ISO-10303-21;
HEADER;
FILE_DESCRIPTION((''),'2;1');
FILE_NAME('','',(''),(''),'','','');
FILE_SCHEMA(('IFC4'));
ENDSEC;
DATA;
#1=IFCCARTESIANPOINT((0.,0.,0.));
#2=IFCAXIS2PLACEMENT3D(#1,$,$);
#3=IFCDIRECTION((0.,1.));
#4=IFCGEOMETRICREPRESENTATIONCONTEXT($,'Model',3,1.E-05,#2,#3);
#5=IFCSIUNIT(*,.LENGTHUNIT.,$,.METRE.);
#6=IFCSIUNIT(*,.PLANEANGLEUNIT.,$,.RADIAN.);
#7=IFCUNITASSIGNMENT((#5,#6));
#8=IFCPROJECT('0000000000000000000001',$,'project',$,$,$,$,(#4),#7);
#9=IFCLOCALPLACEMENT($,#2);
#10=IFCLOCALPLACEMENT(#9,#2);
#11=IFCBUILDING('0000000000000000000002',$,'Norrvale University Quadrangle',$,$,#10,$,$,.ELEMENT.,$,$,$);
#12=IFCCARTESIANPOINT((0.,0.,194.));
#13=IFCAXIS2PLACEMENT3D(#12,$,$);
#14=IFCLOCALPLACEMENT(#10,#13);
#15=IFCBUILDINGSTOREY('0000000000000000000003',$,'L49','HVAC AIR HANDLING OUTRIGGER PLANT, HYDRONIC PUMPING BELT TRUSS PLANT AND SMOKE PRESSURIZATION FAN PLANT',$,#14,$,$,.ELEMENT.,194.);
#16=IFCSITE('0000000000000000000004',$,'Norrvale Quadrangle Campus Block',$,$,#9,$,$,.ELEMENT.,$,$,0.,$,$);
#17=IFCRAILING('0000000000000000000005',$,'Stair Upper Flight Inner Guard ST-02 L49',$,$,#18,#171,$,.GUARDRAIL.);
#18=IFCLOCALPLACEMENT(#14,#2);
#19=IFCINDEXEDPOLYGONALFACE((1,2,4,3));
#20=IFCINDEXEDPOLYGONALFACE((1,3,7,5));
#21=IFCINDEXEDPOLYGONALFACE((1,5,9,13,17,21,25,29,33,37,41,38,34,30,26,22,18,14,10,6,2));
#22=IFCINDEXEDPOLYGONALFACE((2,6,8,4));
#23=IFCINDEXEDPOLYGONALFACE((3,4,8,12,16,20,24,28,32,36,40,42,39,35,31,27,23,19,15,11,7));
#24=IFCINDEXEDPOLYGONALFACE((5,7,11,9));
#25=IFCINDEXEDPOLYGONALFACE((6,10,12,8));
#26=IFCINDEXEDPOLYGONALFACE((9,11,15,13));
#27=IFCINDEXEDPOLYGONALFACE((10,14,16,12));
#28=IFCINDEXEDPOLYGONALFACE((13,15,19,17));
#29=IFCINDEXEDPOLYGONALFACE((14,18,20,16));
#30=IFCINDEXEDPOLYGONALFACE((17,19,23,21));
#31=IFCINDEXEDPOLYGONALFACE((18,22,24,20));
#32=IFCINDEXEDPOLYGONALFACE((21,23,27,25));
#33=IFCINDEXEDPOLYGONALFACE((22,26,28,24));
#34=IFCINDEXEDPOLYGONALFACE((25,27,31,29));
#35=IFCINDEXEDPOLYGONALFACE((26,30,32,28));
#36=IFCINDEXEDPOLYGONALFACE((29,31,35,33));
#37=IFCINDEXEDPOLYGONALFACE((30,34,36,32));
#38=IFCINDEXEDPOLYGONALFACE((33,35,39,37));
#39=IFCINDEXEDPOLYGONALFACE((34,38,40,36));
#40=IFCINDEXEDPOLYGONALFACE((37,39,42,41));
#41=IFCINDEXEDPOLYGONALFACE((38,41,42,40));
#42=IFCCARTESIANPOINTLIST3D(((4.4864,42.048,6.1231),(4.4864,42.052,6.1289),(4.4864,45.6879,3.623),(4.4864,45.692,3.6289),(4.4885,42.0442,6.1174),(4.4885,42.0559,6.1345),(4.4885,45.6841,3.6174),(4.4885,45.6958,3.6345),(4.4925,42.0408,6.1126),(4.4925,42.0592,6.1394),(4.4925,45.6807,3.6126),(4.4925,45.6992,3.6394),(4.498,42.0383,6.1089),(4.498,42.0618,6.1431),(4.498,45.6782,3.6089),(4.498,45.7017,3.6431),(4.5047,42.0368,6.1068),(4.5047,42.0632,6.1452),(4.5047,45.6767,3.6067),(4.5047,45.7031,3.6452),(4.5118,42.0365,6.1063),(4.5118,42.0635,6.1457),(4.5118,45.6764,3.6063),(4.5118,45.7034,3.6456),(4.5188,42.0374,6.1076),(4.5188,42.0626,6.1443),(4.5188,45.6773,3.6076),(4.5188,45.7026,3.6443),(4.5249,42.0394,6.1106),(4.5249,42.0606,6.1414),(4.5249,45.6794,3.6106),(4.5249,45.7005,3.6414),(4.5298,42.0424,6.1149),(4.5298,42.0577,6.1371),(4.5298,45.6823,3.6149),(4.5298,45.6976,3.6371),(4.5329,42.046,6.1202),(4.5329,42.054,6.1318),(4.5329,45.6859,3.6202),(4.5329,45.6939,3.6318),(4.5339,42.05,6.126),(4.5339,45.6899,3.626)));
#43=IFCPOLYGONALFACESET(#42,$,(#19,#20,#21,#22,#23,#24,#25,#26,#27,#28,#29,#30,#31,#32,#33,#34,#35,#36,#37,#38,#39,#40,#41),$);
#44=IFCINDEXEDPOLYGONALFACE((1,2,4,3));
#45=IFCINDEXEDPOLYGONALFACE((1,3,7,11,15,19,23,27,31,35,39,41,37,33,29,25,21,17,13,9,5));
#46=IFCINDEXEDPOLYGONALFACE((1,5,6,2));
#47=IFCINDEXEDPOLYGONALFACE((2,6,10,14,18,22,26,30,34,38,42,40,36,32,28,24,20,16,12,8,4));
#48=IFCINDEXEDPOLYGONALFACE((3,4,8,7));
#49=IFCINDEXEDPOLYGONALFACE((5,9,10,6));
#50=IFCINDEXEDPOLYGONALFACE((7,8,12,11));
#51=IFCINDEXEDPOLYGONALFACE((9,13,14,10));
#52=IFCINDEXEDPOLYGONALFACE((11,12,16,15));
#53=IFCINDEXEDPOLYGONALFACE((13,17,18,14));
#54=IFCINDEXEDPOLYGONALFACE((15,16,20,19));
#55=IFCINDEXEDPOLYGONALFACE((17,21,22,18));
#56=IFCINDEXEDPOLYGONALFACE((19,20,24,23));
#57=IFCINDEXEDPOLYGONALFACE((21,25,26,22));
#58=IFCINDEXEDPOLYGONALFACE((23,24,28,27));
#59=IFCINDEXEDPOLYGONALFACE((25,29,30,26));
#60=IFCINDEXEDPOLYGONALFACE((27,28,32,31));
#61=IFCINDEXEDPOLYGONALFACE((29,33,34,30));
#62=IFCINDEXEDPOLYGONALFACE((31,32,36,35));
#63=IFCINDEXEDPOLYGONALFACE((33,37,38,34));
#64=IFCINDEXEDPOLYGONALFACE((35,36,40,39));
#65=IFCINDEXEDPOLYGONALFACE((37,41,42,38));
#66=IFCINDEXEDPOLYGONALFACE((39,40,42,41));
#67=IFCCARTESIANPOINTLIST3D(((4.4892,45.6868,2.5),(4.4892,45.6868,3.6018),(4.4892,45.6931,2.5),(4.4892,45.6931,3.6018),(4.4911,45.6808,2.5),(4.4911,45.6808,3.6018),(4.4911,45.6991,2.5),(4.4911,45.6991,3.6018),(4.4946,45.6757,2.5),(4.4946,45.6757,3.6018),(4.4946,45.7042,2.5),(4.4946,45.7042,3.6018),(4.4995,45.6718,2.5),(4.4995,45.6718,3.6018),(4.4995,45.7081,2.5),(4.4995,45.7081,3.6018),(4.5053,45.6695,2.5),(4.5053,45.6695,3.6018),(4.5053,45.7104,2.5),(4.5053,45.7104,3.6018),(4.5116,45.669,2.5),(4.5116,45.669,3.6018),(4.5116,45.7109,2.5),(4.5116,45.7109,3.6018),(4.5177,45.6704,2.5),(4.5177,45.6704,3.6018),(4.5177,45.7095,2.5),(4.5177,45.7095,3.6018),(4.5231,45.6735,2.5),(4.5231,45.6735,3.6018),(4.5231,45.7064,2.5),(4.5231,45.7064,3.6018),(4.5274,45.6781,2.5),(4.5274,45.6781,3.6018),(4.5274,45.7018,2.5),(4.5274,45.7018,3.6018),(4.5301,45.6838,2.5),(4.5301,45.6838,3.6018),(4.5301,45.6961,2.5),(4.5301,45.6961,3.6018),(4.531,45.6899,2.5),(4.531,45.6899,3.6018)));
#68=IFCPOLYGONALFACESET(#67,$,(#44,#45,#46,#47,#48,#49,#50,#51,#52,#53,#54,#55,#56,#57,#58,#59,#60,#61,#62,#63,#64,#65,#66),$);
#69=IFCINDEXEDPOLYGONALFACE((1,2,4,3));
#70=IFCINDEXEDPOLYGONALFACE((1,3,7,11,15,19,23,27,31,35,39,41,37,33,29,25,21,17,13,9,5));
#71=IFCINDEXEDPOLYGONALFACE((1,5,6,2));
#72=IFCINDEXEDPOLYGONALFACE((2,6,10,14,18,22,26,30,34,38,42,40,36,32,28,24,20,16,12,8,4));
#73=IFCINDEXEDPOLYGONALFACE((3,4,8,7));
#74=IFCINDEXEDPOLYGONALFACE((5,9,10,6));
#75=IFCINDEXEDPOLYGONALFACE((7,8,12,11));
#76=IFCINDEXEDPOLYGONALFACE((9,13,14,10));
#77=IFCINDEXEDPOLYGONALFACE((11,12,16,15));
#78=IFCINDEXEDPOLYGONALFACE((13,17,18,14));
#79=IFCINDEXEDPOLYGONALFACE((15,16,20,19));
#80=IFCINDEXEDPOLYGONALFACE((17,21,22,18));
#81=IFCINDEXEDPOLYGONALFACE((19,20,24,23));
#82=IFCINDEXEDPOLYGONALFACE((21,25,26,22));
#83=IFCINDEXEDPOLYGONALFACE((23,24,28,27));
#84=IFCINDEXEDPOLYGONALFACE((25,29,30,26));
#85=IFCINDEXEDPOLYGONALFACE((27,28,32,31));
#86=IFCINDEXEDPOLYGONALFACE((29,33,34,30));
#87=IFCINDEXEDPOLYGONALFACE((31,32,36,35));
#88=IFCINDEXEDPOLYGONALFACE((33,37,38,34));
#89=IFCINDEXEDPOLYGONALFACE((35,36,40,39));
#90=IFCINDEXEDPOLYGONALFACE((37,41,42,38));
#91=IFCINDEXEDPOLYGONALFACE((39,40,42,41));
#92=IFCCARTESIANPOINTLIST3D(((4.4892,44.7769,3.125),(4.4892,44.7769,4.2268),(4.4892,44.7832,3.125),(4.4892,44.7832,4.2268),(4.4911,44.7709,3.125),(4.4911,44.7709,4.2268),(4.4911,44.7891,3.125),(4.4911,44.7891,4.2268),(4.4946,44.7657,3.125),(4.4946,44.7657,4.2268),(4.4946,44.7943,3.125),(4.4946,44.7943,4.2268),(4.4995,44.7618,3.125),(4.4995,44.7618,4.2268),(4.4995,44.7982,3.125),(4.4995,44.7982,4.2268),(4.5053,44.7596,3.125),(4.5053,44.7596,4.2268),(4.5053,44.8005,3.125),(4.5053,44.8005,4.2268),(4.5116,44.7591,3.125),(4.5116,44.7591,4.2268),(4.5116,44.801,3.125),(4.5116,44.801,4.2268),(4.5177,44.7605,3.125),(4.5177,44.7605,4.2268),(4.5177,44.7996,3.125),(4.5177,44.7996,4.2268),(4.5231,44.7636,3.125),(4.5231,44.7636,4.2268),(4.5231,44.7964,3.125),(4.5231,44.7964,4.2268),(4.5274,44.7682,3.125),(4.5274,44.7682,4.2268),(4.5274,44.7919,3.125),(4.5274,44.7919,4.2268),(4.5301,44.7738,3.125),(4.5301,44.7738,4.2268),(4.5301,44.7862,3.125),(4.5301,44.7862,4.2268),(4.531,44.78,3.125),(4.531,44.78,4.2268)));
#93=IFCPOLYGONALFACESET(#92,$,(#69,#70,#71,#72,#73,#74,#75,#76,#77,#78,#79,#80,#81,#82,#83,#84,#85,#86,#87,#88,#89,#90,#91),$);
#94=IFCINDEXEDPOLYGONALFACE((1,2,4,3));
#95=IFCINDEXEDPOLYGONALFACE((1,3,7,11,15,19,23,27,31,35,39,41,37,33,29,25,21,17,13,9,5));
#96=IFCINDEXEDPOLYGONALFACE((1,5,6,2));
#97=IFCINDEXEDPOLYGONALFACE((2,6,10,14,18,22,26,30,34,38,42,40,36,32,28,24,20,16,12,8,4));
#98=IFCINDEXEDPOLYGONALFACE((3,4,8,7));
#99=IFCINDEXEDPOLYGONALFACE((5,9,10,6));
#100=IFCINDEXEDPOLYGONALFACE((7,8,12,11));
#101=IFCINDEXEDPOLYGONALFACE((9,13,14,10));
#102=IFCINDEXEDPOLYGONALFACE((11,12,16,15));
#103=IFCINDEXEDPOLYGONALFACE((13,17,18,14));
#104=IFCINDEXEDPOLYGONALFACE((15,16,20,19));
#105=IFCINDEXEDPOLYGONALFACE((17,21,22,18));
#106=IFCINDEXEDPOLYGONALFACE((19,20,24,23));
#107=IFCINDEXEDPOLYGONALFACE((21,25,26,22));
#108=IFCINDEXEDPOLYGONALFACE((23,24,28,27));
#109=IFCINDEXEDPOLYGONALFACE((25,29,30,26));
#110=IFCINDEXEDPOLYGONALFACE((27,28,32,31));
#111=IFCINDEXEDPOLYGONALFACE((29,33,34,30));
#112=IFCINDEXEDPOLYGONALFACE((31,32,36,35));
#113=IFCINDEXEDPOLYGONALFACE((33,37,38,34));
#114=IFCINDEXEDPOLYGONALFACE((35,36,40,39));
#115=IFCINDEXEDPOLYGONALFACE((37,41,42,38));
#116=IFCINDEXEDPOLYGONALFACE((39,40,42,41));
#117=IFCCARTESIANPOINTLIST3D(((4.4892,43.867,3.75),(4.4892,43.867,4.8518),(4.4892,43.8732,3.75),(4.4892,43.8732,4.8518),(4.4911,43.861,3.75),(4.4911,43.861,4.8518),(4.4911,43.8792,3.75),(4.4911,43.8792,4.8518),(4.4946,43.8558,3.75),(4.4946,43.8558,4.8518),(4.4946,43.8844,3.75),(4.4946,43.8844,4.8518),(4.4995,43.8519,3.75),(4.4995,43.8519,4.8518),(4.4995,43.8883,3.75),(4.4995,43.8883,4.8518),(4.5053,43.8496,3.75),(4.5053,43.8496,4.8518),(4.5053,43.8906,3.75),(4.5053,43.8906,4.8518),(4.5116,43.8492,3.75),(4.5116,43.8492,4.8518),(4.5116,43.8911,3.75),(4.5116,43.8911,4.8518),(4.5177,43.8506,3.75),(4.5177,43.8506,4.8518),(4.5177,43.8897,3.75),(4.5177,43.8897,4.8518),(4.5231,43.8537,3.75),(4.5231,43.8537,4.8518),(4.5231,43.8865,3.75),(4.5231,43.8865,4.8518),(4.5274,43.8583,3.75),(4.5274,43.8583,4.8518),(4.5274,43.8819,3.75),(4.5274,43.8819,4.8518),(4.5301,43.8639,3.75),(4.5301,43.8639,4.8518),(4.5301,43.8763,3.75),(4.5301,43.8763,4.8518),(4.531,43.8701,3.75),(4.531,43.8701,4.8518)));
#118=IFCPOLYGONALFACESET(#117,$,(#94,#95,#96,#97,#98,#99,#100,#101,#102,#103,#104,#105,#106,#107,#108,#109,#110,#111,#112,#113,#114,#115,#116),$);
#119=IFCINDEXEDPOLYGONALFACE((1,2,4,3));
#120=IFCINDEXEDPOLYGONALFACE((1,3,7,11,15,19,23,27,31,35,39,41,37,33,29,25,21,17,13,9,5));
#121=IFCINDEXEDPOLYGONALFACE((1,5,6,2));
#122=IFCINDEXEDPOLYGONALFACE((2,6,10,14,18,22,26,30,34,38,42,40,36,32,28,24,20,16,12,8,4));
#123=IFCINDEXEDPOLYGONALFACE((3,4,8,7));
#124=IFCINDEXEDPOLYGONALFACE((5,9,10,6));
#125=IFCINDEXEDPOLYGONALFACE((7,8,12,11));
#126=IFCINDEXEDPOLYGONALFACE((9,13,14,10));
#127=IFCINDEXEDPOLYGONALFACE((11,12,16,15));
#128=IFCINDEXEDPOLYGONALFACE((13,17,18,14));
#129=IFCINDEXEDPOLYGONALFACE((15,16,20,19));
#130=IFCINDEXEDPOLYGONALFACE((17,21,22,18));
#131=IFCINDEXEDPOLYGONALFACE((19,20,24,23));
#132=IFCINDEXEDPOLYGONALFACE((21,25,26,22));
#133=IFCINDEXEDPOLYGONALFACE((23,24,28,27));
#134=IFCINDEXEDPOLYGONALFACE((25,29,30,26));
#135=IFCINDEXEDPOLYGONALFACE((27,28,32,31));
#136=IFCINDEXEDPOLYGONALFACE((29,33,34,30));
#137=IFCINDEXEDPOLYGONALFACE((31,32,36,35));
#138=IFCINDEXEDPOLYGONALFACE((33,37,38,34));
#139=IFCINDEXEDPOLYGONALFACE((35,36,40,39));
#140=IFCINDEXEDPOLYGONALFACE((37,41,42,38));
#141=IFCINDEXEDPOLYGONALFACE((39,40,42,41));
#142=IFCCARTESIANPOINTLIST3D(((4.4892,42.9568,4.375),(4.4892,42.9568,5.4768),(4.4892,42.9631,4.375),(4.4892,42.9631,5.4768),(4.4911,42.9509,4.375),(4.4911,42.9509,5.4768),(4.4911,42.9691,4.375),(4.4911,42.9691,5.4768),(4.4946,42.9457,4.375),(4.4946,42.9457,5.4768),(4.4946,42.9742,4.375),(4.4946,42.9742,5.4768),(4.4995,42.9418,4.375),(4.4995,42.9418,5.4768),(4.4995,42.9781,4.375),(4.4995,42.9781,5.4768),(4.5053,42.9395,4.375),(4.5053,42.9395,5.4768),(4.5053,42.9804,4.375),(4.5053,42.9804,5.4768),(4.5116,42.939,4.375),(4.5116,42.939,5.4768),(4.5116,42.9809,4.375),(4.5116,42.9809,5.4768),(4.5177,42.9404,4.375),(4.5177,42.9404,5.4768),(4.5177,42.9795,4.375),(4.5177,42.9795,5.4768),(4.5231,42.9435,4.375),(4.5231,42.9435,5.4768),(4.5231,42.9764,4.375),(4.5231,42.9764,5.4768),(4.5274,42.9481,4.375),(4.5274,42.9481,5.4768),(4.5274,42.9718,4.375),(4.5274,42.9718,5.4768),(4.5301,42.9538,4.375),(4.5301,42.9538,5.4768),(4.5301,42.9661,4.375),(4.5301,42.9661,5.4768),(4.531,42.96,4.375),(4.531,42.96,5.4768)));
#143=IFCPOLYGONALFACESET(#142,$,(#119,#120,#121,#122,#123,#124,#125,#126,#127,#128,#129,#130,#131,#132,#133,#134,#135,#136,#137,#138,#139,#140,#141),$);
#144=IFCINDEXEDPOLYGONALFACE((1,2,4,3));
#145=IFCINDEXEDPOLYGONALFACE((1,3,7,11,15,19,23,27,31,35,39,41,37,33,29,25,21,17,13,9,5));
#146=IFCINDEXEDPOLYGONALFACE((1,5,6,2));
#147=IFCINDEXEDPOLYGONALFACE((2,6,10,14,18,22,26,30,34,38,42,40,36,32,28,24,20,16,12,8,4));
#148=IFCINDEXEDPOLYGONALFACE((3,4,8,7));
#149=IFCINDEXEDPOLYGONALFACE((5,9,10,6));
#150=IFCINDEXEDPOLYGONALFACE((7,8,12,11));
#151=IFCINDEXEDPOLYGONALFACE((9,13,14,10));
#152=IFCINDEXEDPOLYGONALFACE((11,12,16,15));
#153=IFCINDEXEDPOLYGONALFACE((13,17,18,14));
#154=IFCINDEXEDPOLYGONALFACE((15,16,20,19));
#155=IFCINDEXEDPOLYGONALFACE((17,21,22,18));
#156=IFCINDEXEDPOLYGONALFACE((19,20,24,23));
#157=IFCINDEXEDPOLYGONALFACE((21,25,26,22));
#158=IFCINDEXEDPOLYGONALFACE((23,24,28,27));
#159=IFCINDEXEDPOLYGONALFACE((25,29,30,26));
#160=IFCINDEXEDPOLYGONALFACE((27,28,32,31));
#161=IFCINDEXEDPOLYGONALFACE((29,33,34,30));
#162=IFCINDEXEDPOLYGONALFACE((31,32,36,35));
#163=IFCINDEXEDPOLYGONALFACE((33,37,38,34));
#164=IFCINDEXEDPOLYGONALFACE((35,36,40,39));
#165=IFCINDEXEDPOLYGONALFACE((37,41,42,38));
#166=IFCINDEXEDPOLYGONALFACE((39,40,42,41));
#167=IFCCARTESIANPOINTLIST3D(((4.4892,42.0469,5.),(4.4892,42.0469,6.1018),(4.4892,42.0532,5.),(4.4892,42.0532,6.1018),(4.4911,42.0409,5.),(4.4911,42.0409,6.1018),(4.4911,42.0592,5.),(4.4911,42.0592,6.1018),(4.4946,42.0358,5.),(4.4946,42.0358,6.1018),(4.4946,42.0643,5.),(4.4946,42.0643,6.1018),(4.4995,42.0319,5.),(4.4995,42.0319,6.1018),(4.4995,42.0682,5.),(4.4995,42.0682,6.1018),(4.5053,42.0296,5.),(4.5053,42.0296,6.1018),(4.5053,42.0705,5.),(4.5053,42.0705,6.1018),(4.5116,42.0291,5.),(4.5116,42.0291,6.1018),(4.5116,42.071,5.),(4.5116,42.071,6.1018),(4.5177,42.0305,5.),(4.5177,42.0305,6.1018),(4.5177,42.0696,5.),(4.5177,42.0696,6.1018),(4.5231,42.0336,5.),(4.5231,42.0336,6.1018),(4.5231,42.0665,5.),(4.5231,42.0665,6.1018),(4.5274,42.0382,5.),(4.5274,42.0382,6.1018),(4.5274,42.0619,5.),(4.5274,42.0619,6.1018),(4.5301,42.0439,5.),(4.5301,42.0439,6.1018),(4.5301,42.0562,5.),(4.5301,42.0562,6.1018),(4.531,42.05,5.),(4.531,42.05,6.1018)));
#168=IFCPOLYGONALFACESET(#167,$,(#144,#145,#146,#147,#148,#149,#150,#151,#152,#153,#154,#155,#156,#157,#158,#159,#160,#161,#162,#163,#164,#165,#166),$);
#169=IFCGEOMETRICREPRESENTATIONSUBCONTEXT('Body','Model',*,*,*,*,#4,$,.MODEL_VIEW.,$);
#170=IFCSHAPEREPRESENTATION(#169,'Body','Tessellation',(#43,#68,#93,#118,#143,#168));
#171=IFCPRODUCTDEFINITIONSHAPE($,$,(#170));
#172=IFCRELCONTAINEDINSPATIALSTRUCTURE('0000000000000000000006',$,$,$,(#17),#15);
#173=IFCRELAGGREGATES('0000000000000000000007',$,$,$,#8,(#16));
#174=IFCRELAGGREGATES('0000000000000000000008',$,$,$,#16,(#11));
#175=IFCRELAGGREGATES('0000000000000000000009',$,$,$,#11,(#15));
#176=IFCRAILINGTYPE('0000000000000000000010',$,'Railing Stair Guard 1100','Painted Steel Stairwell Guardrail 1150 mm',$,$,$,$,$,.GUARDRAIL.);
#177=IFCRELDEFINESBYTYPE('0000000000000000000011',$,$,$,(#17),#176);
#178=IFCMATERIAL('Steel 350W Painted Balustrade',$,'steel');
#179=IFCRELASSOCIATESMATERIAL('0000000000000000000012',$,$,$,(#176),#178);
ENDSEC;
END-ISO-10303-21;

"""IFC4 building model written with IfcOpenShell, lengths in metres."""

from ifc_helpers import new_model, si_unit, direction, frame, origin, origin_2d, place, context, subcontext, project, spatial, circle, extrude, material, type_object, element, save


model = new_model("IFC4")

# Units and contexts
model_context = context("Model", 3, precision=1e-05, world=origin(), true_north=direction((0.0, 1.0)))
body_context = subcontext(model_context, "Body", "Model", "MODEL_VIEW")
ifc_project = project(units=[si_unit("LENGTHUNIT", "METRE"), si_unit("PLANEANGLEUNIT", "RADIAN")], contexts=[model_context])

# Site, building, storey
site_placement = place(None, origin())
site = spatial("IfcSite", under=ifc_project, at=site_placement, Name="Norrvale Quadrangle Campus Block", CompositionType="ELEMENT", RefElevation=0.0)
building_placement = place(site_placement, origin())
building = spatial("IfcBuilding", under=site, at=building_placement, Name="Norrvale University Quadrangle", CompositionType="ELEMENT")
storey_placement = place(building_placement, frame((0.0, 0.0, 194.0)))
storey = spatial("IfcBuildingStorey", under=building, at=storey_placement, Name="L49", Description="HVAC AIR HANDLING OUTRIGGER PLANT, HYDRONIC PUMPING BELT TRUSS PLANT AND SMOKE PRESSURIZATION FAN PLANT", CompositionType="ELEMENT", Elevation=194.0)

# Railing
ifc_material_1 = material(Name="Steel 350W Painted Balustrade", Category="steel")
railing_type_1 = type_object("IfcRailingType", Name="Railing Stair Guard 1100", Description="Painted Steel Stairwell Guardrail 1150 mm", PredefinedType="GUARDRAIL", material=ifc_material_1)
railing_1_placement = place(storey_placement, frame((4.51, 45.6899, 2.5)))
element("IfcRailing", 1, at=railing_1_placement, inside=storey, type_object=railing_type_1, Name="Stair Upper Flight Inner Guard ST-02 L49", PredefinedType="GUARDRAIL", context=body_context, shape_type="SweptSolid", body=[
    extrude(circle(Radius=0.0239, at=origin_2d()), frame((0.0, 0.0, 1.126), z_axis=(0.0, -0.824298, 0.566156), x_axis=(1.0, 0.0, 0.0)), (0.0, 0.0, 1.0), 4.4158),
    extrude(circle(Radius=0.021, at=origin_2d()), origin(), (0.0, 0.0, 1.0), 1.1018),
    extrude(circle(Radius=0.021, at=origin_2d()), frame((0.0, -0.9099, 0.625)), (0.0, 0.0, 1.0), 1.1018),
    extrude(circle(Radius=0.021, at=origin_2d()), frame((0.0, -1.8198, 1.25)), (0.0, 0.0, 1.0), 1.1018),
    extrude(circle(Radius=0.021, at=origin_2d()), frame((0.0, -2.73, 1.875)), (0.0, 0.0, 1.0), 1.1018),
    extrude(circle(Radius=0.021, at=origin_2d()), frame((0.0, -3.6399, 2.5)), (0.0, 0.0, 1.0), 1.1018),
])

save(model, "model.ifc")
